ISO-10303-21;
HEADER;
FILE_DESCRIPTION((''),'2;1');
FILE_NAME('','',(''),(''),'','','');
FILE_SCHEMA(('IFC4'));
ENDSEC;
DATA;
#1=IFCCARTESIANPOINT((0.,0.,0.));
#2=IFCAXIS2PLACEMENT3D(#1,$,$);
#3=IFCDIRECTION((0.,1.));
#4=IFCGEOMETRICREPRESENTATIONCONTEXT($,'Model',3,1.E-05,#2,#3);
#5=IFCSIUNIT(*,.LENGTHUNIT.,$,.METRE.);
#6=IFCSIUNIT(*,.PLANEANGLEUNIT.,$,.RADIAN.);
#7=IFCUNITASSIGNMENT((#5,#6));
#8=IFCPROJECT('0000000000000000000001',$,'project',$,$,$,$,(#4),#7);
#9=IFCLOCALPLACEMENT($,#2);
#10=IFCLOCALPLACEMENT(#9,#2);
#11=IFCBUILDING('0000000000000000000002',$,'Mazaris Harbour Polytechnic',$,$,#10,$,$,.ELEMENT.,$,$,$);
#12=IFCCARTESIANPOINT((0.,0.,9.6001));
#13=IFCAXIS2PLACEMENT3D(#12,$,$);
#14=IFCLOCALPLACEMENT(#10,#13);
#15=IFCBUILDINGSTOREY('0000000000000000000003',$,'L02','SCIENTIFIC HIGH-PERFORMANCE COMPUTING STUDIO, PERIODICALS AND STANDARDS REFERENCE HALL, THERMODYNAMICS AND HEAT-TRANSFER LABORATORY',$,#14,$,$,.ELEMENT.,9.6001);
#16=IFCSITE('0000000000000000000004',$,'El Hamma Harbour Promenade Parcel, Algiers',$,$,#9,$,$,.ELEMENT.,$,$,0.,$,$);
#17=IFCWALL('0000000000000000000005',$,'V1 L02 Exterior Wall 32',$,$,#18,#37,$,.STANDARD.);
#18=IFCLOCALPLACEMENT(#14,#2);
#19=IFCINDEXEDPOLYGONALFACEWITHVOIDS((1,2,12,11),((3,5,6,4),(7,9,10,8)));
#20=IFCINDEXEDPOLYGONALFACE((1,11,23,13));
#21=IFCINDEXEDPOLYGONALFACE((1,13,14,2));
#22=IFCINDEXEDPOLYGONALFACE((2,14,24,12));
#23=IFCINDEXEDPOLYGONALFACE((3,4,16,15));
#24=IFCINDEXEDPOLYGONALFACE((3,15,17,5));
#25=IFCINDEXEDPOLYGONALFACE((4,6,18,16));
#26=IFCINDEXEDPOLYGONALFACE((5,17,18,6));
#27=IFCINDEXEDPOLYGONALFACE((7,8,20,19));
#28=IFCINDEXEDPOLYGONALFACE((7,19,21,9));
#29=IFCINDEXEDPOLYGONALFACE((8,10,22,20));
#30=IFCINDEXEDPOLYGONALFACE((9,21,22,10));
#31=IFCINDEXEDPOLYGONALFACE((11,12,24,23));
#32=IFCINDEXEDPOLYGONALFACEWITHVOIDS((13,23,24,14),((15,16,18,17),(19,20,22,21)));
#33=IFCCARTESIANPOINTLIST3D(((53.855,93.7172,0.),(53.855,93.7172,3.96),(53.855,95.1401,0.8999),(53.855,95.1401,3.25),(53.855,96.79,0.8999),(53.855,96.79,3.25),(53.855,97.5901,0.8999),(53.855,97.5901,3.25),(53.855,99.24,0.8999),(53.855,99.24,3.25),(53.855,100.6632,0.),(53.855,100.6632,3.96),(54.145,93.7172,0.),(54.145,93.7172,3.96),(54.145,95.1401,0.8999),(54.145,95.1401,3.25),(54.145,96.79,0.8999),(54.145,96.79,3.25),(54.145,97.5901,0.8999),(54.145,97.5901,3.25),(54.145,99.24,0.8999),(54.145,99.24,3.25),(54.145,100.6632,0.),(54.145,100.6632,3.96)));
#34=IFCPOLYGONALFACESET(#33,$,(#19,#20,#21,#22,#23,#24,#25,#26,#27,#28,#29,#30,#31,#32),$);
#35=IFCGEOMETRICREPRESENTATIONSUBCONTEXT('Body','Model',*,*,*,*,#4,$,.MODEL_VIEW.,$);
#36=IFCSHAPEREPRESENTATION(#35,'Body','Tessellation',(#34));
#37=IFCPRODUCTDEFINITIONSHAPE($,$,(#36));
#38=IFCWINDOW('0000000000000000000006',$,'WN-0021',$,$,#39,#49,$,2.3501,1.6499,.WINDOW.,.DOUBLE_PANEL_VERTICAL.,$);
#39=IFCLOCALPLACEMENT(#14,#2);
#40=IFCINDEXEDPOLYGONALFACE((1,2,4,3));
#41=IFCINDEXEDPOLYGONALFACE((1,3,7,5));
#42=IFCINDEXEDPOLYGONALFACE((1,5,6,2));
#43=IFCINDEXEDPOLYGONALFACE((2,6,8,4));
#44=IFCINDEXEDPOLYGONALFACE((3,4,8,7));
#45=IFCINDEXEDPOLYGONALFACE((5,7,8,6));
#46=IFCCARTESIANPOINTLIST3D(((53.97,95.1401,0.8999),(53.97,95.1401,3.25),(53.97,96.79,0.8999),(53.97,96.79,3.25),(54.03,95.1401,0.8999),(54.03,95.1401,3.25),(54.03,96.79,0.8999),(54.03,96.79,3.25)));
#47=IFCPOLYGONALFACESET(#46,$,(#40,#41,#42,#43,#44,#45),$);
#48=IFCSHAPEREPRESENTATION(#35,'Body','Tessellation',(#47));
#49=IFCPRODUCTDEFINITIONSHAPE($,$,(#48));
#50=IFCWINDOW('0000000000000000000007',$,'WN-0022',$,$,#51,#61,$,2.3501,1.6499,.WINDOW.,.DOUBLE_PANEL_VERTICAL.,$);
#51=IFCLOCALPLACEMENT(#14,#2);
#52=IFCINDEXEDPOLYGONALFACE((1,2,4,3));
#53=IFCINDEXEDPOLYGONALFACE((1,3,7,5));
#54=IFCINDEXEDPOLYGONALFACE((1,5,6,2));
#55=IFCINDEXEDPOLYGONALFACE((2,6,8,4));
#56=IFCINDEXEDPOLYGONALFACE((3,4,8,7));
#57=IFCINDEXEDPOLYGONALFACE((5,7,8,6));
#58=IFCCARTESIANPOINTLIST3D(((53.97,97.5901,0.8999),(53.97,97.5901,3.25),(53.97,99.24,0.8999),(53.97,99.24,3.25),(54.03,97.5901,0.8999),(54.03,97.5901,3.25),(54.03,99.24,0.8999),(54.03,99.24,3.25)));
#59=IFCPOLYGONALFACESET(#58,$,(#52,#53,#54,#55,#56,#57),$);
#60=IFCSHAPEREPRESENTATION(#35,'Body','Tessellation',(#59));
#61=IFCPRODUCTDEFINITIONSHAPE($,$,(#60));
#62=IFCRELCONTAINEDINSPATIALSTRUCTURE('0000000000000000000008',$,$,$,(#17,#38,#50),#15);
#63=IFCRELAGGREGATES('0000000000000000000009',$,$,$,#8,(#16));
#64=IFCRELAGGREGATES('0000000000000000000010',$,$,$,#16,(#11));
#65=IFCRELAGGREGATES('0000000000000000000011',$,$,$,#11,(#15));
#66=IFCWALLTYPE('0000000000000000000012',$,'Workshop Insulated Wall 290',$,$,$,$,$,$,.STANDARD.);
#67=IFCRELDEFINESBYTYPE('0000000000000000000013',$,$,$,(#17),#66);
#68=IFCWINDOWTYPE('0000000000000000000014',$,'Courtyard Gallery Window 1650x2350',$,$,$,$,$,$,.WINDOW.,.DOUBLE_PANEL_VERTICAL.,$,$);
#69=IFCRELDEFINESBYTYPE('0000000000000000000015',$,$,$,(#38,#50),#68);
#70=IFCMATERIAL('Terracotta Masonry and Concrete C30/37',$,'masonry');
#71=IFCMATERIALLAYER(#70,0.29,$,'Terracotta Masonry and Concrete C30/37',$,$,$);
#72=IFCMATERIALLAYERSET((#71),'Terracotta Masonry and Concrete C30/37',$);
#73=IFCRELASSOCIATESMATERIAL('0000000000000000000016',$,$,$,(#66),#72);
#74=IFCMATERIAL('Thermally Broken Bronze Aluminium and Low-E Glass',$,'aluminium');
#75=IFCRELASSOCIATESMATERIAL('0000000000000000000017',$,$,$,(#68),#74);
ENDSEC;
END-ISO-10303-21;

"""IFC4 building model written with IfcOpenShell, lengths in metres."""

from ifc_helpers import new_model, si_unit, direction, frame, frame_2d, origin, place, context, subcontext, project, spatial, rectangle, extrude, material, layer, layer_set, type_object, element, fill, save


model = new_model("IFC4")

# Units and contexts
model_context = context("Model", 3, precision=1e-05, world=origin(), true_north=direction((0.0, 1.0)))
body_context = subcontext(model_context, "Body", "Model", "MODEL_VIEW")
ifc_project = project(units=[si_unit("LENGTHUNIT", "METRE"), si_unit("PLANEANGLEUNIT", "RADIAN")], contexts=[model_context])

# Site, building, storey
site_placement = place(None, origin())
site = spatial("IfcSite", under=ifc_project, at=site_placement, Name="El Hamma Harbour Promenade Parcel, Algiers", CompositionType="ELEMENT", RefElevation=0.0)
building_placement = place(site_placement, origin())
building = spatial("IfcBuilding", under=site, at=building_placement, Name="Mazaris Harbour Polytechnic", CompositionType="ELEMENT")
storey_placement = place(building_placement, frame((0.0, 0.0, 9.6001)))
storey = spatial("IfcBuildingStorey", under=building, at=storey_placement, Name="L02", Description="SCIENTIFIC HIGH-PERFORMANCE COMPUTING STUDIO, PERIODICALS AND STANDARDS REFERENCE HALL, THERMODYNAMICS AND HEAT-TRANSFER LABORATORY", CompositionType="ELEMENT", Elevation=9.6001)

# Wall, openings, windows
ifc_material_1 = material(Name="Terracotta Masonry and Concrete C30/37", Category="masonry")
ifc_layer_1 = layer(ifc_material_1, 0.29, Name="Terracotta Masonry and Concrete C30/37")
ifc_layer_set_1 = layer_set([ifc_layer_1], Name="Terracotta Masonry and Concrete C30/37")
wall_type = type_object("IfcWallType", Name="Workshop Insulated Wall 290", PredefinedType="STANDARD", material=ifc_layer_set_1)
wall_placement = place(storey_placement, frame((54.0, 93.717, 0.0), z_axis=(0.0, 0.0, 1.0), x_axis=(0.0, 1.0, 0.0)))
wall = element("IfcWall", 1, at=wall_placement, inside=storey, type_object=wall_type, Name="V1 L02 Exterior Wall 32", PredefinedType="STANDARD", context=body_context, shape_type="SweptSolid", body=[
    extrude(rectangle(XDim=6.946, YDim=0.29, at=frame_2d((3.4731, 0.0))), origin(), (0.0, 0.0, 1.0), 3.96),
])
opening_1_placement = place(wall_placement, frame((1.4231, 0.0, 0.8999)))
opening_1 = element("IfcOpeningElement", 2, at=opening_1_placement, cuts=wall, PredefinedType="OPENING", context=body_context, shape_type="SweptSolid", body=[
    extrude(rectangle(XDim=1.6499, YDim=2.3501, at=frame_2d((0.825, 1.175))), frame((0.0, 0.155, 0.0), z_axis=(0.0, -1.0, 0.0), x_axis=(1.0, 0.0, 0.0)), (0.0, 0.0, 1.0), 0.3101),
])
opening_2_placement = place(wall_placement, frame((3.873, 0.0, 0.8999)))
opening_2 = element("IfcOpeningElement", 3, at=opening_2_placement, cuts=wall, PredefinedType="OPENING", context=body_context, shape_type="SweptSolid", body=[
    extrude(rectangle(XDim=1.6499, YDim=2.3501, at=frame_2d((0.825, 1.175))), frame((0.0, 0.155, 0.0), z_axis=(0.0, -1.0, 0.0), x_axis=(1.0, 0.0, 0.0)), (0.0, 0.0, 1.0), 0.3101),
])
ifc_material_2 = material(Name="Thermally Broken Bronze Aluminium and Low-E Glass", Category="aluminium")
window_type = type_object("IfcWindowType", Name="Courtyard Gallery Window 1650x2350", PartitioningType="DOUBLE_PANEL_VERTICAL", PredefinedType="WINDOW", material=ifc_material_2)
window_1_placement = place(opening_1_placement, origin())
window_1 = element("IfcWindow", 4, at=window_1_placement, inside=storey, type_object=window_type, Name="WN-0021", OverallHeight=2.3501, OverallWidth=1.6499, PartitioningType="DOUBLE_PANEL_VERTICAL", PredefinedType="WINDOW", context=body_context, shape_type="SweptSolid", body=[
    extrude(rectangle(XDim=1.6499, YDim=2.3501, at=frame_2d((0.825, 1.175))), frame((0.0, 0.03, 0.0), z_axis=(0.0, -1.0, 0.0), x_axis=(1.0, 0.0, 0.0)), (0.0, 0.0, 1.0), 0.0601),
])
fill(opening_1, window_1)
window_2_placement = place(opening_2_placement, origin())
window_2 = element("IfcWindow", 5, at=window_2_placement, inside=storey, type_object=window_type, Name="WN-0022", OverallHeight=2.3501, OverallWidth=1.6499, PartitioningType="DOUBLE_PANEL_VERTICAL", PredefinedType="WINDOW", context=body_context, shape_type="SweptSolid", body=[
    extrude(rectangle(XDim=1.6499, YDim=2.3501, at=frame_2d((0.825, 1.175))), frame((0.0, 0.03, 0.0), z_axis=(0.0, -1.0, 0.0), x_axis=(1.0, 0.0, 0.0)), (0.0, 0.0, 1.0), 0.0601),
])
fill(opening_2, window_2)

save(model, "model.ifc")
